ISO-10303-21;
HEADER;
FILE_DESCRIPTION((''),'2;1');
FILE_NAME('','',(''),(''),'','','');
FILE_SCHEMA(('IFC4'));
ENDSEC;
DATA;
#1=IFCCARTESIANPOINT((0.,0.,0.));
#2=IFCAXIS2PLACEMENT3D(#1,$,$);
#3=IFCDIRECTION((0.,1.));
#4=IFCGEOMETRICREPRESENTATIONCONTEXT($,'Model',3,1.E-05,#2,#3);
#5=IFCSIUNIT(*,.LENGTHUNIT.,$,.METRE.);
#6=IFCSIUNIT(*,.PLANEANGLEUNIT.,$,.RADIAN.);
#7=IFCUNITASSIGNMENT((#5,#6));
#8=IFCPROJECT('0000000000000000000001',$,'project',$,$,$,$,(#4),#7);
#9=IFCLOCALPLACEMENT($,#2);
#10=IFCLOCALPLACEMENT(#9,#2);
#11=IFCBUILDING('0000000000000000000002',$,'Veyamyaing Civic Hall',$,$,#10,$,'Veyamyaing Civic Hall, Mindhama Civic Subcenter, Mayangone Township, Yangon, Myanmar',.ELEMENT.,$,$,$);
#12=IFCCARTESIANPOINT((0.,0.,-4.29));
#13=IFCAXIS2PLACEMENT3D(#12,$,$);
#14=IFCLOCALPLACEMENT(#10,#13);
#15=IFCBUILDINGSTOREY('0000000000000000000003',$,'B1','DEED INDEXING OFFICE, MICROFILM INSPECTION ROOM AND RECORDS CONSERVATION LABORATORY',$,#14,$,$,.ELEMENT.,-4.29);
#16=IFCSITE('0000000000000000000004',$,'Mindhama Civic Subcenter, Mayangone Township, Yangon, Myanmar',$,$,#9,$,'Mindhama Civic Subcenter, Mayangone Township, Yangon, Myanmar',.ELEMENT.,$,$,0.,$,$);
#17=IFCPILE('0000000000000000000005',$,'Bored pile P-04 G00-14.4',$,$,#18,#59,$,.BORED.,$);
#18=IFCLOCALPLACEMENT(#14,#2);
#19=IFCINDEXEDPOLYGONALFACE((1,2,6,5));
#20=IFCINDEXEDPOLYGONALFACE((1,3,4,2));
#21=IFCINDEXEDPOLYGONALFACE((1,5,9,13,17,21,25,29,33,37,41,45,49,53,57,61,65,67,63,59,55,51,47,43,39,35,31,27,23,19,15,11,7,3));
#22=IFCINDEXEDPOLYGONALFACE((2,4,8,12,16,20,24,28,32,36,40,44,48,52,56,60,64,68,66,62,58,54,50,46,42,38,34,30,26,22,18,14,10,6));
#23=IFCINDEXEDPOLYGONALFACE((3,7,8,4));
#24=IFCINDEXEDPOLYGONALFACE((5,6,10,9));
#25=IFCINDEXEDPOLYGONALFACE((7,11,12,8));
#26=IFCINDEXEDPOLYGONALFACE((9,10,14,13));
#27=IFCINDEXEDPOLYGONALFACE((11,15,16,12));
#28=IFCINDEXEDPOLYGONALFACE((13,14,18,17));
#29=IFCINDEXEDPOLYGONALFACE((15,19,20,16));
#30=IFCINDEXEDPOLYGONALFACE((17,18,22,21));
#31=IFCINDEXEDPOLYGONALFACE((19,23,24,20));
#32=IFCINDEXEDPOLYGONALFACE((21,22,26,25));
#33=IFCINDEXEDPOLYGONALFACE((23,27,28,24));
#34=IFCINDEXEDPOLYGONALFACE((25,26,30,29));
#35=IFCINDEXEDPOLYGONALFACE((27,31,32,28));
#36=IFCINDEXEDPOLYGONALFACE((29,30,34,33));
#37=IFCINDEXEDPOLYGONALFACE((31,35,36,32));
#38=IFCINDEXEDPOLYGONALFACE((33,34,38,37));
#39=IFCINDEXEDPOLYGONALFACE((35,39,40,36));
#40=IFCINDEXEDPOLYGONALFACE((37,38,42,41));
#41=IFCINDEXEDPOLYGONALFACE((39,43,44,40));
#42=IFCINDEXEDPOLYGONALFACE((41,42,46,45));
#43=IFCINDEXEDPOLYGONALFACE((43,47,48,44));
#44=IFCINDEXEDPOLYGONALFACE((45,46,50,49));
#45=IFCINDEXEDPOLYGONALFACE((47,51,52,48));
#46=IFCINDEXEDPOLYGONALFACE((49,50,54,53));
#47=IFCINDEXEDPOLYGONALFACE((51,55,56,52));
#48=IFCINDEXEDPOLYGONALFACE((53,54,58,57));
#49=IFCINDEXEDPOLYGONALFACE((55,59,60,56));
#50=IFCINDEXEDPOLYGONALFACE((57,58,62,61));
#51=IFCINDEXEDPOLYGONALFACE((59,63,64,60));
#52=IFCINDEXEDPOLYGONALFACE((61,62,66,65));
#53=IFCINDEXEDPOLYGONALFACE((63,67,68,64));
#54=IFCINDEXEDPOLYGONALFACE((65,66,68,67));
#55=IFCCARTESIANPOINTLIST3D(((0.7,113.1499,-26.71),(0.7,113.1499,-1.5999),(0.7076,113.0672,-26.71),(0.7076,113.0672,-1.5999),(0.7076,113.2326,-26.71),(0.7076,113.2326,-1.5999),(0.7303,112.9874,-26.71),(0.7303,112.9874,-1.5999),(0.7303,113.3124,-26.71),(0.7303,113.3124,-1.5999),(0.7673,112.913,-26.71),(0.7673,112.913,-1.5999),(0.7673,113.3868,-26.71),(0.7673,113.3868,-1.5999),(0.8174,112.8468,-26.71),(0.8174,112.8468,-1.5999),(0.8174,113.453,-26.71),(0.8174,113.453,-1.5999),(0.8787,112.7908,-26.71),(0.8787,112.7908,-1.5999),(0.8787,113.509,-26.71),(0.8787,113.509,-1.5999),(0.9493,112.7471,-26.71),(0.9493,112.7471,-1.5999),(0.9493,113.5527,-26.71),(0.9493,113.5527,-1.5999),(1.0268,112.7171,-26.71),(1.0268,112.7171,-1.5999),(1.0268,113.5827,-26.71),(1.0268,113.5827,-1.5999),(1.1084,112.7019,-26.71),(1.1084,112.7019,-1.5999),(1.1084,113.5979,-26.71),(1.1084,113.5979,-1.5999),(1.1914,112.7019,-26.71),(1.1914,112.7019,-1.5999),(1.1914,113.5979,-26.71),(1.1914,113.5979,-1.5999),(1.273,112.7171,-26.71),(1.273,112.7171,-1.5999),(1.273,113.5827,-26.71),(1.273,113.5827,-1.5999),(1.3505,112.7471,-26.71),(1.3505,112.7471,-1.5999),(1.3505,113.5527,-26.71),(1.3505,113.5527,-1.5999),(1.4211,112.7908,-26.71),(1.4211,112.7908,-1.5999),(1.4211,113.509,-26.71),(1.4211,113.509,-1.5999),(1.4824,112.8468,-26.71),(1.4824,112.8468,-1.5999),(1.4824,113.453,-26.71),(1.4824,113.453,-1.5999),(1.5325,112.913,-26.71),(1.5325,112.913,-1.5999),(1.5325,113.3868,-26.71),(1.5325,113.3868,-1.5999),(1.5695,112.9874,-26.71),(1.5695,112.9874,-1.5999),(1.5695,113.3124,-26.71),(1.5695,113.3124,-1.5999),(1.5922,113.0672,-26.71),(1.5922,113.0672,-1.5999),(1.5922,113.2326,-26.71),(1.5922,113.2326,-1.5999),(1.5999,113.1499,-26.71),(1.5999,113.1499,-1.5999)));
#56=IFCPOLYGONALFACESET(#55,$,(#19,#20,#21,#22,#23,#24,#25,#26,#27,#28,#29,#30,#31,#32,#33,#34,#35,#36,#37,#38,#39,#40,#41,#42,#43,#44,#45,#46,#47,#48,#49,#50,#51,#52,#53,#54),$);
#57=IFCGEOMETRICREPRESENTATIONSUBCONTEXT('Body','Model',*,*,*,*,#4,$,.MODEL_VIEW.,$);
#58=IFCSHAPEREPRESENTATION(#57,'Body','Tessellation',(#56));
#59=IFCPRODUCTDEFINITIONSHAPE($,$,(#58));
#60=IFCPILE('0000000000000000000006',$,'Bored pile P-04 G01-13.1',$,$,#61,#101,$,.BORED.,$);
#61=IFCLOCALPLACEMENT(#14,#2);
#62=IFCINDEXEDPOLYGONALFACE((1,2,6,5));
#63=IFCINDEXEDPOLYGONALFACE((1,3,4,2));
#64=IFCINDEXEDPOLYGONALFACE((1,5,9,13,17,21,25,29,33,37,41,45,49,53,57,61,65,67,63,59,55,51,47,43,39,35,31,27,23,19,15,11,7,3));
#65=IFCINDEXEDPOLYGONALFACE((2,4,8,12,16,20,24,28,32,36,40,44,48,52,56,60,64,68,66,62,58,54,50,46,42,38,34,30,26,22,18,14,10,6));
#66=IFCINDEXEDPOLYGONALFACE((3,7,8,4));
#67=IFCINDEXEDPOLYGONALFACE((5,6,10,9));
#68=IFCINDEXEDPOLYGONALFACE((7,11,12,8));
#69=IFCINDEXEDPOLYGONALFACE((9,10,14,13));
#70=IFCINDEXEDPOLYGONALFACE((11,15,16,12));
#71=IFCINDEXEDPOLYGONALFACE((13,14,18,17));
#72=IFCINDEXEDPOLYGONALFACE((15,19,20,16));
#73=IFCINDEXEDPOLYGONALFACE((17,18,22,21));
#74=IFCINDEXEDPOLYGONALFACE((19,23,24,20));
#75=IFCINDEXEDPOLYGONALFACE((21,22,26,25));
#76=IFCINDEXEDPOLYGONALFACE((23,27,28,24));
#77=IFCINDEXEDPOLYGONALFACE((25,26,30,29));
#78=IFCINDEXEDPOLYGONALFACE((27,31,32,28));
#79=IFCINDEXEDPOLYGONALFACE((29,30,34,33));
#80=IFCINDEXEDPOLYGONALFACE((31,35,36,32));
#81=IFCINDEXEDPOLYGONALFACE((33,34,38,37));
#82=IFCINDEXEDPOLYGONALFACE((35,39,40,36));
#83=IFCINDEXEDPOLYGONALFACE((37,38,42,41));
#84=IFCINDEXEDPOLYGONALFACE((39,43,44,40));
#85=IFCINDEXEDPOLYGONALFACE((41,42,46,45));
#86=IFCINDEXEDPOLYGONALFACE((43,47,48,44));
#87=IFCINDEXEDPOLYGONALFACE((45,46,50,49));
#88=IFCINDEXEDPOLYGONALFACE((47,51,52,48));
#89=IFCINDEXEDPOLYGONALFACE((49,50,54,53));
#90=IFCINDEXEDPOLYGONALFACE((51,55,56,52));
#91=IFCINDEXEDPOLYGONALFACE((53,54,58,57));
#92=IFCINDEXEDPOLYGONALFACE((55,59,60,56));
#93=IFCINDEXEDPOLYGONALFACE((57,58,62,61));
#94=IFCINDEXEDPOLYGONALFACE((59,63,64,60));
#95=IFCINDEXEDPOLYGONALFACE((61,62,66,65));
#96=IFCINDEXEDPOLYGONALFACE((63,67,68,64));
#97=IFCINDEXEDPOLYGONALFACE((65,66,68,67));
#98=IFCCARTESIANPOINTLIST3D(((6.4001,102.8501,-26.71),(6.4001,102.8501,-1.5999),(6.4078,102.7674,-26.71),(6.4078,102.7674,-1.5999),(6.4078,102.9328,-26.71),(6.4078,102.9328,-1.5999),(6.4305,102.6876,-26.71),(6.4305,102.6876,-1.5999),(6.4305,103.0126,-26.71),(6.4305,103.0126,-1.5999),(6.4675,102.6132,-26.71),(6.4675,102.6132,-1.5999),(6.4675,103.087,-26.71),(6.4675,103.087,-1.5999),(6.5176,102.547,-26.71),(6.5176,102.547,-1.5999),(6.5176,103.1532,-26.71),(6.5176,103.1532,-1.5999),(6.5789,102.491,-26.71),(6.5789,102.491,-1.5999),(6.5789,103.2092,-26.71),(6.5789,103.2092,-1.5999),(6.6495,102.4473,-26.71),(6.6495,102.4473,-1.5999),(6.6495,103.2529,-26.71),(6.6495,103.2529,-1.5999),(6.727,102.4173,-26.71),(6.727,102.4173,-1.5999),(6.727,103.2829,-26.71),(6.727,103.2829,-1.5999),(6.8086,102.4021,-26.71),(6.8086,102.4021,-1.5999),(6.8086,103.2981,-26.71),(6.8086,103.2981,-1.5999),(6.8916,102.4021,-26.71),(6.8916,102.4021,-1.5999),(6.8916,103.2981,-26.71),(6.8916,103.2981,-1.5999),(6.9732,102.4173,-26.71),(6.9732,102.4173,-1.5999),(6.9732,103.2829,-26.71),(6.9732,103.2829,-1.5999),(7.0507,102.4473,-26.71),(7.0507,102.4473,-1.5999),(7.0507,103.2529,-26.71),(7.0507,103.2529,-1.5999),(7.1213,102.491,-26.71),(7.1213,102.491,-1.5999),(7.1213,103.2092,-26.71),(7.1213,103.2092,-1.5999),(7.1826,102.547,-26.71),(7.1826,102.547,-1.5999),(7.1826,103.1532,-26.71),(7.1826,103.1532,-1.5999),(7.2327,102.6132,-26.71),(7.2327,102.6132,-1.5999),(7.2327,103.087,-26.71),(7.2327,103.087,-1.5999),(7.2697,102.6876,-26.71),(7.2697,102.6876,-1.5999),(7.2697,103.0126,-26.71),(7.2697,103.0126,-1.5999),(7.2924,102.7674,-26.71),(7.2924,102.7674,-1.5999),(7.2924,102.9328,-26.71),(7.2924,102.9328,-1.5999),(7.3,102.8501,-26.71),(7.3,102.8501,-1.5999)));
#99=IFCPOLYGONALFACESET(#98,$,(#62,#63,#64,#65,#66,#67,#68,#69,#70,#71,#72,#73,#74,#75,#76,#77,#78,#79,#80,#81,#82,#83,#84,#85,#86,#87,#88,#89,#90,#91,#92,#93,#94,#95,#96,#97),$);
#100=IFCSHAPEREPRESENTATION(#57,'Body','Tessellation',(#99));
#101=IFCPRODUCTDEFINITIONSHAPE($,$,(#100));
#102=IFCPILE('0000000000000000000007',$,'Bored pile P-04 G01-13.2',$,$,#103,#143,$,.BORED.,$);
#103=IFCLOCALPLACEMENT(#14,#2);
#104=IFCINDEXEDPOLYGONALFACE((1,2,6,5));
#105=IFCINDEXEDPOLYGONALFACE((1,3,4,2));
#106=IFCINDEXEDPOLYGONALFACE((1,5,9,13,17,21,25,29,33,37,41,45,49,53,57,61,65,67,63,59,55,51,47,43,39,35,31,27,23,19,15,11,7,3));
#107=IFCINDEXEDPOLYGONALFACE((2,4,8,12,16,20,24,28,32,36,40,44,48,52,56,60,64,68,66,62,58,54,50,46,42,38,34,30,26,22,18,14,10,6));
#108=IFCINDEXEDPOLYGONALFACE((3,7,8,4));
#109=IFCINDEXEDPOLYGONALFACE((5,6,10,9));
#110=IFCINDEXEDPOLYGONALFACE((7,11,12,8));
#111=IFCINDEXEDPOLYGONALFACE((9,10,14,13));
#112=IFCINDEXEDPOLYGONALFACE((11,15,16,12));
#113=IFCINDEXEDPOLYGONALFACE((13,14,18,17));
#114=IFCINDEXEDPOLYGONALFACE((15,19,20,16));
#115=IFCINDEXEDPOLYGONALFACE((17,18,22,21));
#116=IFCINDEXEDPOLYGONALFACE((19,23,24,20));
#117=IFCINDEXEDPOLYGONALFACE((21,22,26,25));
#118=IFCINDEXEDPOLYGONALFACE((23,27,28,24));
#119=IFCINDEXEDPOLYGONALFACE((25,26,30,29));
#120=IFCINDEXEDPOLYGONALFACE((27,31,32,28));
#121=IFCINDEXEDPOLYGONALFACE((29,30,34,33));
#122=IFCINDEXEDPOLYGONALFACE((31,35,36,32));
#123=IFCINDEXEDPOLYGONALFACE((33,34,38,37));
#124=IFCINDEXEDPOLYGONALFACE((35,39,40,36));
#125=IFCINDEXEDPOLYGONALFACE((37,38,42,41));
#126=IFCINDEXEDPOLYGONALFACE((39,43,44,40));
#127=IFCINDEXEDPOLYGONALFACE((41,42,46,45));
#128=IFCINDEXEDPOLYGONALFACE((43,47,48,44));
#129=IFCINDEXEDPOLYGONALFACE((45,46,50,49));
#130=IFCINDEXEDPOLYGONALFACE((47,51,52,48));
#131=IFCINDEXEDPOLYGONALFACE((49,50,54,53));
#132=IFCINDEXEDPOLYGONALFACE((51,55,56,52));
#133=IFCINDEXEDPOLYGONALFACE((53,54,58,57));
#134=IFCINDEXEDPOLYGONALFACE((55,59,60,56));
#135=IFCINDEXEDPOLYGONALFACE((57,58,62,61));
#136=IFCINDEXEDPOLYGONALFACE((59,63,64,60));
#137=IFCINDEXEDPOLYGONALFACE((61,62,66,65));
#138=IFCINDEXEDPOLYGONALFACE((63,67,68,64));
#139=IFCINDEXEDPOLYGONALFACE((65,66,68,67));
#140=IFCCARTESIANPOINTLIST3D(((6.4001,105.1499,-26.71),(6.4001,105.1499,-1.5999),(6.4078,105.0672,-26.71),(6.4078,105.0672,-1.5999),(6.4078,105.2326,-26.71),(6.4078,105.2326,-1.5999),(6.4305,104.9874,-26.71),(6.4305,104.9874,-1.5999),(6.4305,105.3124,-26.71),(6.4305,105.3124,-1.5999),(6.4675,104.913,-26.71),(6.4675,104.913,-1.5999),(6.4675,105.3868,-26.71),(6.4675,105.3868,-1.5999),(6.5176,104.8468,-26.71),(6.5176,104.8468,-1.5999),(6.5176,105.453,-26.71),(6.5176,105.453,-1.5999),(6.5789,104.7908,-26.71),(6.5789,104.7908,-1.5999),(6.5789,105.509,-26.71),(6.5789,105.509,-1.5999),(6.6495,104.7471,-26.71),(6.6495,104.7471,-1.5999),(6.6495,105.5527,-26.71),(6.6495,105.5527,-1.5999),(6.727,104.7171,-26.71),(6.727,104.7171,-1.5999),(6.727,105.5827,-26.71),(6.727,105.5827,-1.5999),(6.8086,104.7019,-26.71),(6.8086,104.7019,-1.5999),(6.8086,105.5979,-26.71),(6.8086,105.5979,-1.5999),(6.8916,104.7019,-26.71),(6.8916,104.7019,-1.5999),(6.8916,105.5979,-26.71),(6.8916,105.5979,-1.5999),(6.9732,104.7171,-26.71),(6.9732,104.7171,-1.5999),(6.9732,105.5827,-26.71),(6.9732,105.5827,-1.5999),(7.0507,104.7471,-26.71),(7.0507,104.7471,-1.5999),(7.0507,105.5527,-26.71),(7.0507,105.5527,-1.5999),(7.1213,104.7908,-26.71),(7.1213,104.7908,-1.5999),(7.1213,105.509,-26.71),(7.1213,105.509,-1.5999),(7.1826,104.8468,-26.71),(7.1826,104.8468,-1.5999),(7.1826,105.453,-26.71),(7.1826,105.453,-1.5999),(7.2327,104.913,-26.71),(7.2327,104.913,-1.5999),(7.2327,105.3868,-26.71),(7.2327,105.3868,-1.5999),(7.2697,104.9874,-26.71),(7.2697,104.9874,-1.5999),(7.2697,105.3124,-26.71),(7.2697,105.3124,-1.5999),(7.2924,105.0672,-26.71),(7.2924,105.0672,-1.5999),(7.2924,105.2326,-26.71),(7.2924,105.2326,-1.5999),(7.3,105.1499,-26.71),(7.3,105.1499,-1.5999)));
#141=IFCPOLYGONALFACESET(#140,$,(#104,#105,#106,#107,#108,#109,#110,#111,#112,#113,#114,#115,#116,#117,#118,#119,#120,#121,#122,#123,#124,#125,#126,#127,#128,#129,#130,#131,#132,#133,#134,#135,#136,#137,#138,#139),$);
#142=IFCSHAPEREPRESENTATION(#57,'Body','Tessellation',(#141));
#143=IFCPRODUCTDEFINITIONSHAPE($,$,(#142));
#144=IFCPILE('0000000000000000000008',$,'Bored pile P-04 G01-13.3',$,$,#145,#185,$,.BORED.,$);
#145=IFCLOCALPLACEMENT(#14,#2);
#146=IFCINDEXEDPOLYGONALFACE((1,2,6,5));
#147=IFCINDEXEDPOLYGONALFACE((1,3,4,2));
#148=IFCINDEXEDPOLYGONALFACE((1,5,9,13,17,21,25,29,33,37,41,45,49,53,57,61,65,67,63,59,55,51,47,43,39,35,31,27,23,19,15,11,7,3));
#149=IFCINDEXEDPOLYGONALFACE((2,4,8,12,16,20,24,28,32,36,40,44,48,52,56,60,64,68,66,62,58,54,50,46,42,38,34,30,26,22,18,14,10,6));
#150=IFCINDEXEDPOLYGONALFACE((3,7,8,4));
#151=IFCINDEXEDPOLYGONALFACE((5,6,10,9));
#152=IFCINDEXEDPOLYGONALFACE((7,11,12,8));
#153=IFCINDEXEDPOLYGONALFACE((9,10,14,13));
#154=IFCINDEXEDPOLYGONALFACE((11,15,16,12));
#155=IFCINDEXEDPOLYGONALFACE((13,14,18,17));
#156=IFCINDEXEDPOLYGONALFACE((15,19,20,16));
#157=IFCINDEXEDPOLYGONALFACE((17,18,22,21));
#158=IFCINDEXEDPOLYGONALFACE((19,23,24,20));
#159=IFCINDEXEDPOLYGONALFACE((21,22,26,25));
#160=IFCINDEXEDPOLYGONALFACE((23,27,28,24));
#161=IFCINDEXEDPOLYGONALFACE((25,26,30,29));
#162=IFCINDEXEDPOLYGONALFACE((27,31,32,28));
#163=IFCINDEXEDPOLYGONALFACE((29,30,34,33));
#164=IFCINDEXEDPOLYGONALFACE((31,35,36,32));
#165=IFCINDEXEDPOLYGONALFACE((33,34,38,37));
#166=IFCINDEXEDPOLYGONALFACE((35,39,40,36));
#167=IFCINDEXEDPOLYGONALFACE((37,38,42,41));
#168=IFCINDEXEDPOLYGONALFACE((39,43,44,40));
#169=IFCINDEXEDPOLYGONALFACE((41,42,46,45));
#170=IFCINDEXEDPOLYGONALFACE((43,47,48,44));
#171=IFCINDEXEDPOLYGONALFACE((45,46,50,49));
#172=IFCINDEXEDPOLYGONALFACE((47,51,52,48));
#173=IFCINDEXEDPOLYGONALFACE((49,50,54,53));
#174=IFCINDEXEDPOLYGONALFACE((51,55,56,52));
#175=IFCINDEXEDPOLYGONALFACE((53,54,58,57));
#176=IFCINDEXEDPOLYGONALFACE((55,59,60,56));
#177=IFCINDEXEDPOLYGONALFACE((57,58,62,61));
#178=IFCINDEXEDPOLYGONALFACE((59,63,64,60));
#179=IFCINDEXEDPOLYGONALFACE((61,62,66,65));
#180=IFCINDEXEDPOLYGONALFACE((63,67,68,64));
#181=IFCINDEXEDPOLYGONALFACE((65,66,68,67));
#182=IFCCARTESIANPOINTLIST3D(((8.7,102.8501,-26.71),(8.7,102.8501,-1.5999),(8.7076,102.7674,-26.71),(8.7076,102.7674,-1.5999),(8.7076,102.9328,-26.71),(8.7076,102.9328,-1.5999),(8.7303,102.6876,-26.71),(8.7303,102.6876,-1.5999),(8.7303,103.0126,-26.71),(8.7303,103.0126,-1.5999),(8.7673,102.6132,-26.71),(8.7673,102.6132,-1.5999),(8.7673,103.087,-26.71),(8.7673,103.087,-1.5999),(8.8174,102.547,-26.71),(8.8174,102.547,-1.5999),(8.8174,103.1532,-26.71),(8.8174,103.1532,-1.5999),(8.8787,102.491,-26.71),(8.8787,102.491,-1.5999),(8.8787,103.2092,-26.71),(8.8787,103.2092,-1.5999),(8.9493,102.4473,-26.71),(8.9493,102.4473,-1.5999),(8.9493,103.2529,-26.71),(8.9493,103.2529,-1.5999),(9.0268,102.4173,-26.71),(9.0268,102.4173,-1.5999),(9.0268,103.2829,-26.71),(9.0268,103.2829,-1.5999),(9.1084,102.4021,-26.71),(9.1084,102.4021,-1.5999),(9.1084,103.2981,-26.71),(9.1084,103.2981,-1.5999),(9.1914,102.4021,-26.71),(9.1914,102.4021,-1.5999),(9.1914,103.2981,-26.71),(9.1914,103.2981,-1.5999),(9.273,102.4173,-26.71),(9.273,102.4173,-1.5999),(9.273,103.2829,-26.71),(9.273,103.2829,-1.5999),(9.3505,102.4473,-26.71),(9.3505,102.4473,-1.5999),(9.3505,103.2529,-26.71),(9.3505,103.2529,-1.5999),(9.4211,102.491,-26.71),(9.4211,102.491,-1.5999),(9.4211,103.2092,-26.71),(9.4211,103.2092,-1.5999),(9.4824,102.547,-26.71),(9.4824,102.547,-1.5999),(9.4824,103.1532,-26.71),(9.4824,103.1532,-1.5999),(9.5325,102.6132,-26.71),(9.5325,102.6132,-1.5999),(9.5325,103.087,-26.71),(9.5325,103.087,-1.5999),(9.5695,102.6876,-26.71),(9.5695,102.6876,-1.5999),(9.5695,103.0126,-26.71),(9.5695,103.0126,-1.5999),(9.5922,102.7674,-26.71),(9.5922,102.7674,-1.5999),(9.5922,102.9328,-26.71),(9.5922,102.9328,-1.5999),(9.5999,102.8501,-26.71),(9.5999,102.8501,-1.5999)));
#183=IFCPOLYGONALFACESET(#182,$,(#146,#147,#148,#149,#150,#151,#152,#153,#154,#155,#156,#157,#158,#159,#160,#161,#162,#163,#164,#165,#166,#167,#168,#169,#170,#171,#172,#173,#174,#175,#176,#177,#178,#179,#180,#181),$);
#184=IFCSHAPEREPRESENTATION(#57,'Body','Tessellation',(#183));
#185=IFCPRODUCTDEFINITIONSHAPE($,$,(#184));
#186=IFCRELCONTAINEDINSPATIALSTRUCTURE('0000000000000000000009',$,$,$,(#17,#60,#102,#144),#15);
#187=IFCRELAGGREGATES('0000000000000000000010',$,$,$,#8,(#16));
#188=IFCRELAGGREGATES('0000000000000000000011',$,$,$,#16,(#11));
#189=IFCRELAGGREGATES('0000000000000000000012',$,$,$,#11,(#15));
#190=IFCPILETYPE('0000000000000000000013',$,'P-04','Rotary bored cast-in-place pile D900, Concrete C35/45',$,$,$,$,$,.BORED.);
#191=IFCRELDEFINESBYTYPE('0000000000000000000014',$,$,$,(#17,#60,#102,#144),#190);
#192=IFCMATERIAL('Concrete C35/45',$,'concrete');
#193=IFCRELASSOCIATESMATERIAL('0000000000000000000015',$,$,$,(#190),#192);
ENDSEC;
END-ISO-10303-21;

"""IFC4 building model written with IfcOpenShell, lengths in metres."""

from ifc_helpers import new_model, si_unit, direction, frame, origin, origin_2d, place, context, subcontext, project, spatial, circle, extrude, material, material_profile, profile_set, type_object, element, save


model = new_model("IFC4")

# Units and contexts
model_context = context("Model", 3, precision=1e-05, world=origin(), true_north=direction((0.0, 1.0)))
body_context = subcontext(model_context, "Body", "Model", "MODEL_VIEW")
ifc_project = project(units=[si_unit("LENGTHUNIT", "METRE"), si_unit("PLANEANGLEUNIT", "RADIAN")], contexts=[model_context])

# Site, building, storey
site_placement = place(None, origin())
site = spatial("IfcSite", under=ifc_project, at=site_placement, Name="Mindhama Civic Subcenter, Mayangone Township, Yangon, Myanmar", LongName="Mindhama Civic Subcenter, Mayangone Township, Yangon, Myanmar", CompositionType="ELEMENT", RefElevation=0.0)
building_placement = place(site_placement, origin())
building = spatial("IfcBuilding", under=site, at=building_placement, Name="Veyamyaing Civic Hall", LongName="Veyamyaing Civic Hall, Mindhama Civic Subcenter, Mayangone Township, Yangon, Myanmar", CompositionType="ELEMENT")
storey_placement = place(building_placement, frame((0.0, 0.0, -4.29)))
storey = spatial("IfcBuildingStorey", under=building, at=storey_placement, Name="B1", Description="DEED INDEXING OFFICE, MICROFILM INSPECTION ROOM AND RECORDS CONSERVATION LABORATORY", CompositionType="ELEMENT", Elevation=-4.29)

# Piles
ifc_material_1 = material(Name="Concrete C35/45", Category="concrete")
ifc_material_profile_1 = material_profile(ifc_material_1, circle(Radius=0.45, at=origin_2d()), Name="PILE-D900")
ifc_profile_set_1 = profile_set([ifc_material_profile_1], Name="Concrete C35/45")
pile_type_1 = type_object("IfcPileType", Name="P-04", Description="Rotary bored cast-in-place pile D900, Concrete C35/45", PredefinedType="BORED", material=ifc_profile_set_1)
for number, where, z_axis, x_axis, name in (
    (1, (1.1499, 113.1499, -1.5999), (0.0, 0.0, -1.0), (1.0, 0.0, 0.0), "Bored pile P-04 G00-14.4"),
    (2, (6.8501, 102.8501, -1.5999), (0.0, 0.0, -1.0), (1.0, 0.0, 0.0), "Bored pile P-04 G01-13.1"),
    (3, (6.8501, 105.1499, -1.5999), (0.0, 0.0, -1.0), (1.0, 0.0, 0.0), "Bored pile P-04 G01-13.2"),
    (4, (9.1499, 102.8501, -1.5999), (0.0, 0.0, -1.0), (1.0, 0.0, 0.0), "Bored pile P-04 G01-13.3"),
):
    element("IfcPile", number, at=place(storey_placement, frame(where, z_axis=z_axis, x_axis=x_axis)), inside=storey, type_object=pile_type_1, Name=name, PredefinedType="BORED", context=body_context, shape_type="SweptSolid", body=[
        extrude(circle(Radius=0.45, at=origin_2d()), origin(), (0.0, 0.0, 1.0), 25.1101),
    ])

save(model, "model.ifc")
